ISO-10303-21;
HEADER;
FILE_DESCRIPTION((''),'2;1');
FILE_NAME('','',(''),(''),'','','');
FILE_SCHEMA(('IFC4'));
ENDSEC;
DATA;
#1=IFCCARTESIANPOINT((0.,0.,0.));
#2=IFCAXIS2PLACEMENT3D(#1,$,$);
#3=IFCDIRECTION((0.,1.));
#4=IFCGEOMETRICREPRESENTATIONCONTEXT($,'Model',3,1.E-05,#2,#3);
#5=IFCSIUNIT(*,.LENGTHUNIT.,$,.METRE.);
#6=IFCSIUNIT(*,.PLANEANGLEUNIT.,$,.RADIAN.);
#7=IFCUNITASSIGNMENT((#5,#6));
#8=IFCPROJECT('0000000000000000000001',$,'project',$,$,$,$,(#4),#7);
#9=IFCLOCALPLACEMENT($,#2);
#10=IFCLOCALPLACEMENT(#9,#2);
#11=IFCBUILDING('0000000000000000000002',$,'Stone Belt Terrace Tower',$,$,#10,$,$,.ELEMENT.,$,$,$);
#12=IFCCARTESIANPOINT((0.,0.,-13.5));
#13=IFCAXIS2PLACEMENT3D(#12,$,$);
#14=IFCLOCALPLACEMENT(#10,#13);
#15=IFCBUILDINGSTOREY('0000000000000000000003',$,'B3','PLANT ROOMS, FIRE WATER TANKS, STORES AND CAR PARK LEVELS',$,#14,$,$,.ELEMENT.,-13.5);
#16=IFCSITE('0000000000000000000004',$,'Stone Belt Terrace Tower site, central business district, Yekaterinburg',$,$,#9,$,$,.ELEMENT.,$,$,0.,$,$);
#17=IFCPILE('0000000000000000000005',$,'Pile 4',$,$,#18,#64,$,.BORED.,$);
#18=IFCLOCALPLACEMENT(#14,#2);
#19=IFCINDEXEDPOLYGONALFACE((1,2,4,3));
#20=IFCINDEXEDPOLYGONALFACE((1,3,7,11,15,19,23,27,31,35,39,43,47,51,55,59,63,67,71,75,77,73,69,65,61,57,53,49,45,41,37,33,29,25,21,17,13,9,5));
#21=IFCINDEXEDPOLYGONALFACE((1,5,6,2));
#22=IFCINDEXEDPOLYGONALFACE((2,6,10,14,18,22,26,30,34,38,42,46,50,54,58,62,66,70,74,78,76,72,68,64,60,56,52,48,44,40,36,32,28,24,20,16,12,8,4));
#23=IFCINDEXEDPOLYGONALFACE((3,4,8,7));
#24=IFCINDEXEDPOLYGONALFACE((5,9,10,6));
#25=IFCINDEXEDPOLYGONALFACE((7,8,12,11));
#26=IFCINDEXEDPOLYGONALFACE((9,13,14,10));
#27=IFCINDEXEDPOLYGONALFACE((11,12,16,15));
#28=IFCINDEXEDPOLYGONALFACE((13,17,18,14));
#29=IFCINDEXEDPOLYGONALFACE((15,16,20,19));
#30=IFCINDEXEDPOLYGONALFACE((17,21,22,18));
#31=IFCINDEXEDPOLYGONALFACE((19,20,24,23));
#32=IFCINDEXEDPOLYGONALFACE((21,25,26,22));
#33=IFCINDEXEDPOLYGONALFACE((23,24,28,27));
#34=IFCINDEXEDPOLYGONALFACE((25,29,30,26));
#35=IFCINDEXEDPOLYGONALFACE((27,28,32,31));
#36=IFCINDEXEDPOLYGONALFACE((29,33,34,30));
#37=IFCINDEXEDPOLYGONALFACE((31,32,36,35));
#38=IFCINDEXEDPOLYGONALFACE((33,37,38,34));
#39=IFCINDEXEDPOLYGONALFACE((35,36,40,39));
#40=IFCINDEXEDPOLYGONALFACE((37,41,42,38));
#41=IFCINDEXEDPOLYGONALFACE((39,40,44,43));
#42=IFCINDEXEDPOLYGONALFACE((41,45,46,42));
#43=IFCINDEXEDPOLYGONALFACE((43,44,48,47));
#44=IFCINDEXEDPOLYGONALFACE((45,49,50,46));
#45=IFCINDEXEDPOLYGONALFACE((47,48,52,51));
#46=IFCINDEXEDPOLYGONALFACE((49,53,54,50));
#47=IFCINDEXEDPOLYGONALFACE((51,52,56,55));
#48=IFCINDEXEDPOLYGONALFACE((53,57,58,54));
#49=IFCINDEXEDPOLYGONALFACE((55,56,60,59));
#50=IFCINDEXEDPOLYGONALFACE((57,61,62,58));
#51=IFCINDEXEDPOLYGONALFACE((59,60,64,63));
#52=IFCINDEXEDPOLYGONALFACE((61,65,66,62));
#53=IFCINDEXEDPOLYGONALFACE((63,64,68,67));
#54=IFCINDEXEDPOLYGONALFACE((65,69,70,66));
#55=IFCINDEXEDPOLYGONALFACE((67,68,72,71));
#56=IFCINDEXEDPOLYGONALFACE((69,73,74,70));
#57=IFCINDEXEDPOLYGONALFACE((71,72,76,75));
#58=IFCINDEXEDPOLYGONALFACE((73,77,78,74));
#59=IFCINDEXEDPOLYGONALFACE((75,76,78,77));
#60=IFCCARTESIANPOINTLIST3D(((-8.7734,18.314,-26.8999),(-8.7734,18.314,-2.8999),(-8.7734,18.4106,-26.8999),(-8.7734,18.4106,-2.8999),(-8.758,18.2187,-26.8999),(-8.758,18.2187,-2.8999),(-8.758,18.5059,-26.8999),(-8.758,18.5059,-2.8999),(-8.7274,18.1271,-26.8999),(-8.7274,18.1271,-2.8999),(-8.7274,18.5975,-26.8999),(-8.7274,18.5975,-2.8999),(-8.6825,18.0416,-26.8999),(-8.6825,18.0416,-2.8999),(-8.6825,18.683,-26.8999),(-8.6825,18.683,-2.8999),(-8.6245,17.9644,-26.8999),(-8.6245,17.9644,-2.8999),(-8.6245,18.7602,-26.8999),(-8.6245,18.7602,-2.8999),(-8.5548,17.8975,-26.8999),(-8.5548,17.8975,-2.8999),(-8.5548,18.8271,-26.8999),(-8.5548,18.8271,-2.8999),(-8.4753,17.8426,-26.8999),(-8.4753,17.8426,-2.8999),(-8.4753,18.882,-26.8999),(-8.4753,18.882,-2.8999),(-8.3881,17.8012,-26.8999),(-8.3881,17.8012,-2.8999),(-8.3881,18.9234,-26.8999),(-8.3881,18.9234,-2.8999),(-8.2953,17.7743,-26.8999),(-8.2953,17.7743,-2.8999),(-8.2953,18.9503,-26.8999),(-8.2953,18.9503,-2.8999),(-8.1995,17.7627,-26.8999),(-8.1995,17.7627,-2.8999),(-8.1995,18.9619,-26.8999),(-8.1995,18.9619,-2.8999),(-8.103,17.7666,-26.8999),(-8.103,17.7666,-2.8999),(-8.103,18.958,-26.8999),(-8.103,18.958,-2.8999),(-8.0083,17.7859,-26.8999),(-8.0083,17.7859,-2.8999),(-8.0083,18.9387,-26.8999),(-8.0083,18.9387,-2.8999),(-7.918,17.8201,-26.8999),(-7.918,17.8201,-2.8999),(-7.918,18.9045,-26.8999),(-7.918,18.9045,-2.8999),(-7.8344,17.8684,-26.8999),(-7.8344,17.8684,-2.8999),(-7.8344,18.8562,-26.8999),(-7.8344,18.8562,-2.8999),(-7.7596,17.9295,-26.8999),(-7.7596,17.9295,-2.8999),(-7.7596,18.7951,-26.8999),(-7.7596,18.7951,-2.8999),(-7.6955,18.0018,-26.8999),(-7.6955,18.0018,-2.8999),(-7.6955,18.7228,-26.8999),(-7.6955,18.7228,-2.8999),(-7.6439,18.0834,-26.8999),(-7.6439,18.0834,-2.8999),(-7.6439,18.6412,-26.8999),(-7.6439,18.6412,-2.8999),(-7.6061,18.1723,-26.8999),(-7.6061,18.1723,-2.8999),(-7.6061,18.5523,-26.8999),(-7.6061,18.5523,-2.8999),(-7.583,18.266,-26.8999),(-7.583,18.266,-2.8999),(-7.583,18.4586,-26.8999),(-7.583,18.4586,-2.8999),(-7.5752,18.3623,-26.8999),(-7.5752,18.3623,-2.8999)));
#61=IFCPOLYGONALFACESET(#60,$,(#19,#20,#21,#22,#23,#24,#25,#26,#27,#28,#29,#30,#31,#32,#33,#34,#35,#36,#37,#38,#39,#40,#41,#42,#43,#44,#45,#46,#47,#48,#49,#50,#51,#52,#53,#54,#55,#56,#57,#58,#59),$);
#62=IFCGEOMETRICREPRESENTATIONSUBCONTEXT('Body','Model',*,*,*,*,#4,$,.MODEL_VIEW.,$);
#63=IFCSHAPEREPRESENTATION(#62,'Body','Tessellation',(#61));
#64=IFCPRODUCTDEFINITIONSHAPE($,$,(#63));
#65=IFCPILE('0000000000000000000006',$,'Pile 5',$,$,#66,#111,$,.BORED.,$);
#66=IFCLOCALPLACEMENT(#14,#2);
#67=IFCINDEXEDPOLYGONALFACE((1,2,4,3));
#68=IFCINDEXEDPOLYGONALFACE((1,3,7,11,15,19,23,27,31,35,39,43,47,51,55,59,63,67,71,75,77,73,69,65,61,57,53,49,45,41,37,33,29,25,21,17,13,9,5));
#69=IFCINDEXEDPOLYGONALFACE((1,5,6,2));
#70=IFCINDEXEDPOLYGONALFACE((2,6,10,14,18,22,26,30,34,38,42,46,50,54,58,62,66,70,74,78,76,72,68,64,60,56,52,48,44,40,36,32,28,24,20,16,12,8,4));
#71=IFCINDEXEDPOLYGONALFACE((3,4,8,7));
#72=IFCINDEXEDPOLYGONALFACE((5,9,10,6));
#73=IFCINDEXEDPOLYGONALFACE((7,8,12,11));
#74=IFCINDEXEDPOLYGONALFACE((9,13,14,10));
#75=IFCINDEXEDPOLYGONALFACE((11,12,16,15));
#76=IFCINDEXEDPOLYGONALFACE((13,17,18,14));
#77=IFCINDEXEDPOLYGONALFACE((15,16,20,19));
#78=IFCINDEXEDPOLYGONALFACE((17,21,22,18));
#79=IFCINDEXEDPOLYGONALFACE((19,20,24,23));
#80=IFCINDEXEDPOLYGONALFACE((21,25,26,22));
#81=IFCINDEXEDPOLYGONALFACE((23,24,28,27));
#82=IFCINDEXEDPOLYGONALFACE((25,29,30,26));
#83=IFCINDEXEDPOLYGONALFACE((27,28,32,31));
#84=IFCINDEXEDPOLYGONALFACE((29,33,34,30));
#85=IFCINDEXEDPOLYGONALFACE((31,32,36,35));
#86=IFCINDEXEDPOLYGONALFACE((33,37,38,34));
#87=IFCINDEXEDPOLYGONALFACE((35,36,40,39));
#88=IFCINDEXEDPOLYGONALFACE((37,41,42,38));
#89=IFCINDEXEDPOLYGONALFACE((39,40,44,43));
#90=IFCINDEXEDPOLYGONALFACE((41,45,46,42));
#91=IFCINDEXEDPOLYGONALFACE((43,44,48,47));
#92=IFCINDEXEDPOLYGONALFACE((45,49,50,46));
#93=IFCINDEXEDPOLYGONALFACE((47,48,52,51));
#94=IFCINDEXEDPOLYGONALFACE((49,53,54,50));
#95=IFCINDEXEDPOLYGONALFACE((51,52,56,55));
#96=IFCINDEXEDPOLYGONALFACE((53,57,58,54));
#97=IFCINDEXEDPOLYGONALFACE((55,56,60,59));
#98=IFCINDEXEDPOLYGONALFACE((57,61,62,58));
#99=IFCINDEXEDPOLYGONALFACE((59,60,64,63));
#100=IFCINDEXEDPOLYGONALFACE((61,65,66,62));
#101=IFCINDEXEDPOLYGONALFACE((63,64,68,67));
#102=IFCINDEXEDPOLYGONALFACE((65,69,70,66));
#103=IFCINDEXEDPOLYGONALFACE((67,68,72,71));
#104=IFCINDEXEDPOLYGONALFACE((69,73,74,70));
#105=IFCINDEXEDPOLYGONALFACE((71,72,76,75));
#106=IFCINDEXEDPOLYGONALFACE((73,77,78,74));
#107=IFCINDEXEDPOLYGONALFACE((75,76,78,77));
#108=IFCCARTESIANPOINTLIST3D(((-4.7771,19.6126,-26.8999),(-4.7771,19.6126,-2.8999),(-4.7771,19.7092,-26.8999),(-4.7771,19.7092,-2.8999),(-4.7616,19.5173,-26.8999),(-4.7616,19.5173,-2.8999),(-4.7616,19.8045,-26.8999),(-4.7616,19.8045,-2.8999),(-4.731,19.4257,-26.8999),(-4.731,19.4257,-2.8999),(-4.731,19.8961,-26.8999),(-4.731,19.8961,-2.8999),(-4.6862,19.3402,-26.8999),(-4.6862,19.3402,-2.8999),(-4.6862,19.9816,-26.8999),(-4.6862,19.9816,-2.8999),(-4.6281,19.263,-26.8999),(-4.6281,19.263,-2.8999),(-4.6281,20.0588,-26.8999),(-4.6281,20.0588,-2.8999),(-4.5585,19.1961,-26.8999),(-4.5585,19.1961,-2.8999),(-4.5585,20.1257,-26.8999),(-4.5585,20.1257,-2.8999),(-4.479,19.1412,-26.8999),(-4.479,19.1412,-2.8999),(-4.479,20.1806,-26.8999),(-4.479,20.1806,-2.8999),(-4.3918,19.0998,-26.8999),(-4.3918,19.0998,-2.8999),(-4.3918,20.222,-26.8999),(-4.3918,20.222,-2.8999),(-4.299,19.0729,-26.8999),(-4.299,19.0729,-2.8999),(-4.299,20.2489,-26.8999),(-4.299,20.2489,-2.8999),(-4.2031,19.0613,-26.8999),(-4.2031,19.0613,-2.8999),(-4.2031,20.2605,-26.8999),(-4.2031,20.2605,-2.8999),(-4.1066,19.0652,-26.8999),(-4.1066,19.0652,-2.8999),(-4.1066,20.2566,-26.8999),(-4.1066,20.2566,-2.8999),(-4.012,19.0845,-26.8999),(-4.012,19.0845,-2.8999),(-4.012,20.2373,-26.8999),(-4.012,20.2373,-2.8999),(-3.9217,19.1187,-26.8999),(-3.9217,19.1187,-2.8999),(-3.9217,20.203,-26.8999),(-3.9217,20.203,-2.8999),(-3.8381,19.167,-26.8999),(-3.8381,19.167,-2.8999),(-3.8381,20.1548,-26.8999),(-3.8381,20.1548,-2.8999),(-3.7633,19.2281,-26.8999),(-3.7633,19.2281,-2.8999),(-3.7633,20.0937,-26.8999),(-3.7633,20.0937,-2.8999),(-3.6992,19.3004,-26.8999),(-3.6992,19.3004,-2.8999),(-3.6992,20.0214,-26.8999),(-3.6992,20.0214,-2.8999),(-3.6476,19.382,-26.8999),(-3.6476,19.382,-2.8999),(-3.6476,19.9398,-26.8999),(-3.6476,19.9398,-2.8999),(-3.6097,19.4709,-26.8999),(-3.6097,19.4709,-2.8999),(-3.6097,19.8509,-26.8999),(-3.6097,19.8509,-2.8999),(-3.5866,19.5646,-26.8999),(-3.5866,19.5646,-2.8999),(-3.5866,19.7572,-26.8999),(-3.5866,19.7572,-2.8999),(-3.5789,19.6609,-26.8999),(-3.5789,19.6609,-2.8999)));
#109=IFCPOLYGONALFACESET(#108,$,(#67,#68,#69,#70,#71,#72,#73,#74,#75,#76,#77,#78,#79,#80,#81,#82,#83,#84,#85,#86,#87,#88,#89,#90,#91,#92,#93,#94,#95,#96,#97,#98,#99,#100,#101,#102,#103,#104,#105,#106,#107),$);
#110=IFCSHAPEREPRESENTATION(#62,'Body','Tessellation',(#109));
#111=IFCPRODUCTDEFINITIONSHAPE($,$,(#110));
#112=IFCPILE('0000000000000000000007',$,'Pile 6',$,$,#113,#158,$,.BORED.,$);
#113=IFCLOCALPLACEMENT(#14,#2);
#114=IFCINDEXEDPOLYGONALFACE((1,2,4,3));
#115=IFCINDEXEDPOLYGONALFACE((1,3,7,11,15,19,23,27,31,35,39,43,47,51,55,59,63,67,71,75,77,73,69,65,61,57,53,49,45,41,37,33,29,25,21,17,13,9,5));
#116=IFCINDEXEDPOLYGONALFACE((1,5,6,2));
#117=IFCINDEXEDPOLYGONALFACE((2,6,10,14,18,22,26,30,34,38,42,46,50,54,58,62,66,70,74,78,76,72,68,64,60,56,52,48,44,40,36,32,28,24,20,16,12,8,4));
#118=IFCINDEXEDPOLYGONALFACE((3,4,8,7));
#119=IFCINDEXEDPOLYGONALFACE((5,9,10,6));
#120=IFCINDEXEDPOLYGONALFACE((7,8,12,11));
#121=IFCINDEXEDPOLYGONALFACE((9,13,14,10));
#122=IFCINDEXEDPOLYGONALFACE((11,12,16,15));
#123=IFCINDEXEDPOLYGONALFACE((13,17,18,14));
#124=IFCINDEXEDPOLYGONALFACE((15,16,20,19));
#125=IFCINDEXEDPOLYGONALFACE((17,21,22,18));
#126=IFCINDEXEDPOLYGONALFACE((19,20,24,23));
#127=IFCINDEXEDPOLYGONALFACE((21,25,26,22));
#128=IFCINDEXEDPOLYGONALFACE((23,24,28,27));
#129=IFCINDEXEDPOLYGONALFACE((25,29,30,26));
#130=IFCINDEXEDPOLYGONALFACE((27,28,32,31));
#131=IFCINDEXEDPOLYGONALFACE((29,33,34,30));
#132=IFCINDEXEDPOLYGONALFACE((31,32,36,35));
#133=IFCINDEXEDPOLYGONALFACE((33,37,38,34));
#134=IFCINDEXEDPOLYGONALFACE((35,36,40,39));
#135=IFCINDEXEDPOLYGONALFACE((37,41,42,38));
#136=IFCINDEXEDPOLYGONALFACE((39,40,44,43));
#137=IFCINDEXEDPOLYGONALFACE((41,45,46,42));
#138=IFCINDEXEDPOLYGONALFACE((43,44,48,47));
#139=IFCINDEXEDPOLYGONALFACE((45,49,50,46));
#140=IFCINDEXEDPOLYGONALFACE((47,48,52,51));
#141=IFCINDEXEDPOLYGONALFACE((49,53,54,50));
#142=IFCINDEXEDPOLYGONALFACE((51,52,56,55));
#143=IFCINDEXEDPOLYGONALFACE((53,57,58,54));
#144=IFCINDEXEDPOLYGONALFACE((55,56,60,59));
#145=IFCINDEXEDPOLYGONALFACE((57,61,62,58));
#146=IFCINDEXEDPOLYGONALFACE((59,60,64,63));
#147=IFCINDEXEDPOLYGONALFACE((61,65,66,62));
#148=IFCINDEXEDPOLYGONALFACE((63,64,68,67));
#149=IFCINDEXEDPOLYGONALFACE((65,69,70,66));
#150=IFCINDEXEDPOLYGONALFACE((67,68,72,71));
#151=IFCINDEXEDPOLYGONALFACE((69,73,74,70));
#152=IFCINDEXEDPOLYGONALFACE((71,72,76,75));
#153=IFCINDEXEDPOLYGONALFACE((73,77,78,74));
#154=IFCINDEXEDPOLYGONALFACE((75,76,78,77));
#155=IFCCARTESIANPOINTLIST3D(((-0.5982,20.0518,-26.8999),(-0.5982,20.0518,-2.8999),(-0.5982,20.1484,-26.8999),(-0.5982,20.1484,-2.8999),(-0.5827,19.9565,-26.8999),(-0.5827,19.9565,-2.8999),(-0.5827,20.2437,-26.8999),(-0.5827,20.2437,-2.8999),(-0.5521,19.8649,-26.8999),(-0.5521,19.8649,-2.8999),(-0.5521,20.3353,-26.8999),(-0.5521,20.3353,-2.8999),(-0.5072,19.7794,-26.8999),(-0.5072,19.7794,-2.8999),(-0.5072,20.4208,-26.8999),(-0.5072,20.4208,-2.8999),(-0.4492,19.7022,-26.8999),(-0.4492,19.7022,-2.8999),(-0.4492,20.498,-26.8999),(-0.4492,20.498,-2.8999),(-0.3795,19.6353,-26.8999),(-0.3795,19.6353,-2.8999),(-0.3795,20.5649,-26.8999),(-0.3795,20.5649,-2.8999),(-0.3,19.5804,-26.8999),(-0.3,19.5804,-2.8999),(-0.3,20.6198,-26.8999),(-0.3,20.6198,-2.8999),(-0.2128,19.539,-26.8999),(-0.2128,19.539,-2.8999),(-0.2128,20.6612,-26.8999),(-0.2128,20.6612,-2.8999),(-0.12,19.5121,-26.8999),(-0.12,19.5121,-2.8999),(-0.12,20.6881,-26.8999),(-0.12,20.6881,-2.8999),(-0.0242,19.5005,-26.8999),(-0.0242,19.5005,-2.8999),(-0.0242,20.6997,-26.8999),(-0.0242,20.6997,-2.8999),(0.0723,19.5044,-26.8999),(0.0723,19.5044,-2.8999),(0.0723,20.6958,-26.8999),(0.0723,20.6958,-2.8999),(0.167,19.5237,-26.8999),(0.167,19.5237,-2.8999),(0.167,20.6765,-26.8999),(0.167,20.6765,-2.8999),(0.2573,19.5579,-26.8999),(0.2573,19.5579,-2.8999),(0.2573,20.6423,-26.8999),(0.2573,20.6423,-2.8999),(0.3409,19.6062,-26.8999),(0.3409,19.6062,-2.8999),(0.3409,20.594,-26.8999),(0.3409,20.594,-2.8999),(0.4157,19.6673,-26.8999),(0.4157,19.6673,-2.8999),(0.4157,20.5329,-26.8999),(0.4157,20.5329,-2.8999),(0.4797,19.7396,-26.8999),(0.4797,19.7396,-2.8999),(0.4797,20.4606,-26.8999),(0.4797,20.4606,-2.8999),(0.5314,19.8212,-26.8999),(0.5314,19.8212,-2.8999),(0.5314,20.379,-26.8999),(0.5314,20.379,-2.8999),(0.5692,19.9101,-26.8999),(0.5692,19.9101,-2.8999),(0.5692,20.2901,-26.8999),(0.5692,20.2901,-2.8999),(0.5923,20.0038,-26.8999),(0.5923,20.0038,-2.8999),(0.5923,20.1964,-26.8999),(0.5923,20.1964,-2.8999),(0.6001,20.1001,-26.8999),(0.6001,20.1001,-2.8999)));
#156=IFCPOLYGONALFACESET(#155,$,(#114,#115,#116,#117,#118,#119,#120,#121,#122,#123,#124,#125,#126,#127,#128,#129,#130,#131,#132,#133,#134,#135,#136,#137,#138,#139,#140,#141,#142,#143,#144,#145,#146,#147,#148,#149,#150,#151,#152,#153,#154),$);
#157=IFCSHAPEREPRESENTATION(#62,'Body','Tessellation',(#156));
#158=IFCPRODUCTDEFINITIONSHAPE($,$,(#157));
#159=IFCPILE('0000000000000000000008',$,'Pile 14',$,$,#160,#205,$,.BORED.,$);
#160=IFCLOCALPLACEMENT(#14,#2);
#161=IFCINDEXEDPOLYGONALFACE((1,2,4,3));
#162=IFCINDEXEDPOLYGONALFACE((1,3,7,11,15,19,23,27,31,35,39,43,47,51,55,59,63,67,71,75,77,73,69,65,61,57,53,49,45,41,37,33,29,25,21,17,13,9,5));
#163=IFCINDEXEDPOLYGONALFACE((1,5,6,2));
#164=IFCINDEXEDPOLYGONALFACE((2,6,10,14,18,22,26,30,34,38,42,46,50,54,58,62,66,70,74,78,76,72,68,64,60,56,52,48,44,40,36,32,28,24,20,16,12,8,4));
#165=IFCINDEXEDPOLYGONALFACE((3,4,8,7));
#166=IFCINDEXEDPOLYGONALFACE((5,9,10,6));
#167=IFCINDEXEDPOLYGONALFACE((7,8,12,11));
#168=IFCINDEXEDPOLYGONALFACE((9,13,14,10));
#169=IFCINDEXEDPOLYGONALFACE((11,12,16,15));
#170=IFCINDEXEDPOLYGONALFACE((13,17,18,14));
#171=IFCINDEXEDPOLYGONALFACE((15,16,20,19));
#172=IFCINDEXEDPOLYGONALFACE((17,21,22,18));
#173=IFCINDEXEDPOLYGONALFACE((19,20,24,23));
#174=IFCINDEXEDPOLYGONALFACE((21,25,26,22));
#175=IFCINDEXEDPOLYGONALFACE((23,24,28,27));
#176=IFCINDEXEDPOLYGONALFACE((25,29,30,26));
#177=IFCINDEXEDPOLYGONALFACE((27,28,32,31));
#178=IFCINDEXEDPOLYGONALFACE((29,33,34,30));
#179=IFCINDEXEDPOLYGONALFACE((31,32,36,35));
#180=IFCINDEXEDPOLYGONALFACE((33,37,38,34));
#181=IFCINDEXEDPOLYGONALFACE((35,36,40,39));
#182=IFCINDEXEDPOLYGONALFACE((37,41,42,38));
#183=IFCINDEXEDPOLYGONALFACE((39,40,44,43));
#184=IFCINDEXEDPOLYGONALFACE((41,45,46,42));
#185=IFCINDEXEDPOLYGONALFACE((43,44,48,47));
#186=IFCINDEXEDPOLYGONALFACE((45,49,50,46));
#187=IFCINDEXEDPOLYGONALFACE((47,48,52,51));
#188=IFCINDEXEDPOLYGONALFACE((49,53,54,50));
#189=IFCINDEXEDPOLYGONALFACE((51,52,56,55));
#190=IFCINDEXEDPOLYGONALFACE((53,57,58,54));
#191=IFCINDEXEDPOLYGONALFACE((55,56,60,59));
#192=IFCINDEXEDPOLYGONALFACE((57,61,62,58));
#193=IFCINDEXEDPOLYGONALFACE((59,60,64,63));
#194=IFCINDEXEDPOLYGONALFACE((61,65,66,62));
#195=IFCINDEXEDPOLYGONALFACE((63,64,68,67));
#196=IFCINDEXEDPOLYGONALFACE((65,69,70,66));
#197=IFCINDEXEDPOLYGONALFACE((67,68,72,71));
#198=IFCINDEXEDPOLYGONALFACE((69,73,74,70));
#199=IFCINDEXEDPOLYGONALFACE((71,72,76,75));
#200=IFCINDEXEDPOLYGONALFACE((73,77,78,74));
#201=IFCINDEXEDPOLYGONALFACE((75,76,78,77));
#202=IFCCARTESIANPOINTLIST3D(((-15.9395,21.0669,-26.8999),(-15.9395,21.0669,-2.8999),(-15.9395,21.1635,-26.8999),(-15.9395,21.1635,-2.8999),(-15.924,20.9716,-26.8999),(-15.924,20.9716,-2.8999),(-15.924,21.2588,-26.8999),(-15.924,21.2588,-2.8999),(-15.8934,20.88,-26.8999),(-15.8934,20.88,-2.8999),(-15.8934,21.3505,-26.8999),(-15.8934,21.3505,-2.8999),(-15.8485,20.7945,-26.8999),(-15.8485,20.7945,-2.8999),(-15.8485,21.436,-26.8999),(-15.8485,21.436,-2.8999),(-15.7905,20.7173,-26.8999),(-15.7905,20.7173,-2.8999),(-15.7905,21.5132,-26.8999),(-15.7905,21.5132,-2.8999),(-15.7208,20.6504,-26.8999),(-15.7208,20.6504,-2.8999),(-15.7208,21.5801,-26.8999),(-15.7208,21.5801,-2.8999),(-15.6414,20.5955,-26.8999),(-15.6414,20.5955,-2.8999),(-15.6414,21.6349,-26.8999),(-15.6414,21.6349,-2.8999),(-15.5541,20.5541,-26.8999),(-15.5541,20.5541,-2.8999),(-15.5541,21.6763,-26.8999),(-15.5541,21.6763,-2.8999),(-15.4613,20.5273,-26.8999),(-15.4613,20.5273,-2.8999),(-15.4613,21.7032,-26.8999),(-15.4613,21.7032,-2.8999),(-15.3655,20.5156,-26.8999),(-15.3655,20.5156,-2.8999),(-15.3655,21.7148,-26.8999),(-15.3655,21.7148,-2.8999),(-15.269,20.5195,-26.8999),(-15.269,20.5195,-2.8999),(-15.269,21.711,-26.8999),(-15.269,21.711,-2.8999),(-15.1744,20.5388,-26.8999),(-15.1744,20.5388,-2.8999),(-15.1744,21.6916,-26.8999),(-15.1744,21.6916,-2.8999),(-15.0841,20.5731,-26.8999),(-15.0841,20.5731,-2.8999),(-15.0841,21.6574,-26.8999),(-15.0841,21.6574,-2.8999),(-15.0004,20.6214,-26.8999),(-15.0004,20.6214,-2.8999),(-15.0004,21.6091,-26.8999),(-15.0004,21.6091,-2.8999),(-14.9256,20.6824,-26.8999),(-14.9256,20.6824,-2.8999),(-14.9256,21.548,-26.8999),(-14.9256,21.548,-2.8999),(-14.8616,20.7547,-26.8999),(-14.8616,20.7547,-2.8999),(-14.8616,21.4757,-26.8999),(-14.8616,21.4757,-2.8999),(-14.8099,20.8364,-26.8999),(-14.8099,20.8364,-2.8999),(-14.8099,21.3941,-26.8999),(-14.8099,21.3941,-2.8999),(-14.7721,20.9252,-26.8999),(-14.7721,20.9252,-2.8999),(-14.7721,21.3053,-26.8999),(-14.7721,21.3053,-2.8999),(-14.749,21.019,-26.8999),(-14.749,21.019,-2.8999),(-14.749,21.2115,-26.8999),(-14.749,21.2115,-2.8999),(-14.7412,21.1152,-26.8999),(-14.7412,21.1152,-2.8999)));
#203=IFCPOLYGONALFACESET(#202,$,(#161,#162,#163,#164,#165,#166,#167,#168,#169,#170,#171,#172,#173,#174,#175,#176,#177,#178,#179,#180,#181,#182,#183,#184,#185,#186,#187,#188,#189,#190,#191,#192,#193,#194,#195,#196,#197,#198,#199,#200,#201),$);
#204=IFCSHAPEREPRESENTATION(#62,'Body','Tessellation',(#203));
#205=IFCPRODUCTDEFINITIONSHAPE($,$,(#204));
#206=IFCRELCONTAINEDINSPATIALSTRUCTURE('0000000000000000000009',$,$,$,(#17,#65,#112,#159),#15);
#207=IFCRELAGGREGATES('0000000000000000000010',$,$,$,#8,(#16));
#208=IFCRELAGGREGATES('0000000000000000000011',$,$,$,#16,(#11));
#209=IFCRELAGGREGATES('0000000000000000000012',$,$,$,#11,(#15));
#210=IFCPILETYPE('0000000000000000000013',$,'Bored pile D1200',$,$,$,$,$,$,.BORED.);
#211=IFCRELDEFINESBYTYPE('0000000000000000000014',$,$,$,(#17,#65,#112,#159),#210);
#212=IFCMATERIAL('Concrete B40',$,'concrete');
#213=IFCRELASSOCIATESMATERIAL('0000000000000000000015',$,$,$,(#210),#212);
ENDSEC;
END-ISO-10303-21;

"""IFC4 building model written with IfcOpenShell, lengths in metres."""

from ifc_helpers import new_model, si_unit, direction, frame, origin, origin_2d, place, context, subcontext, project, spatial, circle, extrude, material, material_profile, profile_set, type_object, element, save


model = new_model("IFC4")

# Units and contexts
model_context = context("Model", 3, precision=1e-05, world=origin(), true_north=direction((0.0, 1.0)))
body_context = subcontext(model_context, "Body", "Model", "MODEL_VIEW")
ifc_project = project(units=[si_unit("LENGTHUNIT", "METRE"), si_unit("PLANEANGLEUNIT", "RADIAN")], contexts=[model_context])

# Site, building, storey
site_placement = place(None, origin())
site = spatial("IfcSite", under=ifc_project, at=site_placement, Name="Stone Belt Terrace Tower site, central business district, Yekaterinburg", CompositionType="ELEMENT", RefElevation=0.0)
building_placement = place(site_placement, origin())
building = spatial("IfcBuilding", under=site, at=building_placement, Name="Stone Belt Terrace Tower", CompositionType="ELEMENT")
storey_placement = place(building_placement, frame((0.0, 0.0, -13.5)))
storey = spatial("IfcBuildingStorey", under=building, at=storey_placement, Name="B3", Description="PLANT ROOMS, FIRE WATER TANKS, STORES AND CAR PARK LEVELS", CompositionType="ELEMENT", Elevation=-13.5)

# Piles
ifc_material_1 = material(Name="Concrete B40", Category="concrete")
ifc_material_profile_1 = material_profile(ifc_material_1, circle(Radius=0.6001, at=origin_2d()), Name="PILE D1200")
ifc_profile_set_1 = profile_set([ifc_material_profile_1], Name="Concrete B40")
pile_type = type_object("IfcPileType", Name="Bored pile D1200", PredefinedType="BORED", material=ifc_profile_set_1)
for number, where, z_axis, x_axis, name in (
    (1, (-8.1753, 18.3623, -2.8999), (0.0, 0.0, -1.0), (1.0, 0.0, 0.0), "Pile 4"),
    (2, (-4.179, 19.6609, -2.8999), (0.0, 0.0, -1.0), (1.0, 0.0, 0.0), "Pile 5"),
    (3, (0.0, 20.1001, -2.8999), (0.0, 0.0, -1.0), (1.0, 0.0, 0.0), "Pile 6"),
    (4, (-15.3413, 21.1152, -2.8999), (0.0, 0.0, -1.0), (1.0, 0.0, 0.0), "Pile 14"),
):
    element("IfcPile", number, at=place(storey_placement, frame(where, z_axis=z_axis, x_axis=x_axis)), inside=storey, type_object=pile_type, Name=name, PredefinedType="BORED", context=body_context, shape_type="SweptSolid", body=[
        extrude(circle(Radius=0.6001, at=origin_2d()), origin(), (0.0, 0.0, 1.0), 24.0),
    ])

save(model, "model.ifc")
